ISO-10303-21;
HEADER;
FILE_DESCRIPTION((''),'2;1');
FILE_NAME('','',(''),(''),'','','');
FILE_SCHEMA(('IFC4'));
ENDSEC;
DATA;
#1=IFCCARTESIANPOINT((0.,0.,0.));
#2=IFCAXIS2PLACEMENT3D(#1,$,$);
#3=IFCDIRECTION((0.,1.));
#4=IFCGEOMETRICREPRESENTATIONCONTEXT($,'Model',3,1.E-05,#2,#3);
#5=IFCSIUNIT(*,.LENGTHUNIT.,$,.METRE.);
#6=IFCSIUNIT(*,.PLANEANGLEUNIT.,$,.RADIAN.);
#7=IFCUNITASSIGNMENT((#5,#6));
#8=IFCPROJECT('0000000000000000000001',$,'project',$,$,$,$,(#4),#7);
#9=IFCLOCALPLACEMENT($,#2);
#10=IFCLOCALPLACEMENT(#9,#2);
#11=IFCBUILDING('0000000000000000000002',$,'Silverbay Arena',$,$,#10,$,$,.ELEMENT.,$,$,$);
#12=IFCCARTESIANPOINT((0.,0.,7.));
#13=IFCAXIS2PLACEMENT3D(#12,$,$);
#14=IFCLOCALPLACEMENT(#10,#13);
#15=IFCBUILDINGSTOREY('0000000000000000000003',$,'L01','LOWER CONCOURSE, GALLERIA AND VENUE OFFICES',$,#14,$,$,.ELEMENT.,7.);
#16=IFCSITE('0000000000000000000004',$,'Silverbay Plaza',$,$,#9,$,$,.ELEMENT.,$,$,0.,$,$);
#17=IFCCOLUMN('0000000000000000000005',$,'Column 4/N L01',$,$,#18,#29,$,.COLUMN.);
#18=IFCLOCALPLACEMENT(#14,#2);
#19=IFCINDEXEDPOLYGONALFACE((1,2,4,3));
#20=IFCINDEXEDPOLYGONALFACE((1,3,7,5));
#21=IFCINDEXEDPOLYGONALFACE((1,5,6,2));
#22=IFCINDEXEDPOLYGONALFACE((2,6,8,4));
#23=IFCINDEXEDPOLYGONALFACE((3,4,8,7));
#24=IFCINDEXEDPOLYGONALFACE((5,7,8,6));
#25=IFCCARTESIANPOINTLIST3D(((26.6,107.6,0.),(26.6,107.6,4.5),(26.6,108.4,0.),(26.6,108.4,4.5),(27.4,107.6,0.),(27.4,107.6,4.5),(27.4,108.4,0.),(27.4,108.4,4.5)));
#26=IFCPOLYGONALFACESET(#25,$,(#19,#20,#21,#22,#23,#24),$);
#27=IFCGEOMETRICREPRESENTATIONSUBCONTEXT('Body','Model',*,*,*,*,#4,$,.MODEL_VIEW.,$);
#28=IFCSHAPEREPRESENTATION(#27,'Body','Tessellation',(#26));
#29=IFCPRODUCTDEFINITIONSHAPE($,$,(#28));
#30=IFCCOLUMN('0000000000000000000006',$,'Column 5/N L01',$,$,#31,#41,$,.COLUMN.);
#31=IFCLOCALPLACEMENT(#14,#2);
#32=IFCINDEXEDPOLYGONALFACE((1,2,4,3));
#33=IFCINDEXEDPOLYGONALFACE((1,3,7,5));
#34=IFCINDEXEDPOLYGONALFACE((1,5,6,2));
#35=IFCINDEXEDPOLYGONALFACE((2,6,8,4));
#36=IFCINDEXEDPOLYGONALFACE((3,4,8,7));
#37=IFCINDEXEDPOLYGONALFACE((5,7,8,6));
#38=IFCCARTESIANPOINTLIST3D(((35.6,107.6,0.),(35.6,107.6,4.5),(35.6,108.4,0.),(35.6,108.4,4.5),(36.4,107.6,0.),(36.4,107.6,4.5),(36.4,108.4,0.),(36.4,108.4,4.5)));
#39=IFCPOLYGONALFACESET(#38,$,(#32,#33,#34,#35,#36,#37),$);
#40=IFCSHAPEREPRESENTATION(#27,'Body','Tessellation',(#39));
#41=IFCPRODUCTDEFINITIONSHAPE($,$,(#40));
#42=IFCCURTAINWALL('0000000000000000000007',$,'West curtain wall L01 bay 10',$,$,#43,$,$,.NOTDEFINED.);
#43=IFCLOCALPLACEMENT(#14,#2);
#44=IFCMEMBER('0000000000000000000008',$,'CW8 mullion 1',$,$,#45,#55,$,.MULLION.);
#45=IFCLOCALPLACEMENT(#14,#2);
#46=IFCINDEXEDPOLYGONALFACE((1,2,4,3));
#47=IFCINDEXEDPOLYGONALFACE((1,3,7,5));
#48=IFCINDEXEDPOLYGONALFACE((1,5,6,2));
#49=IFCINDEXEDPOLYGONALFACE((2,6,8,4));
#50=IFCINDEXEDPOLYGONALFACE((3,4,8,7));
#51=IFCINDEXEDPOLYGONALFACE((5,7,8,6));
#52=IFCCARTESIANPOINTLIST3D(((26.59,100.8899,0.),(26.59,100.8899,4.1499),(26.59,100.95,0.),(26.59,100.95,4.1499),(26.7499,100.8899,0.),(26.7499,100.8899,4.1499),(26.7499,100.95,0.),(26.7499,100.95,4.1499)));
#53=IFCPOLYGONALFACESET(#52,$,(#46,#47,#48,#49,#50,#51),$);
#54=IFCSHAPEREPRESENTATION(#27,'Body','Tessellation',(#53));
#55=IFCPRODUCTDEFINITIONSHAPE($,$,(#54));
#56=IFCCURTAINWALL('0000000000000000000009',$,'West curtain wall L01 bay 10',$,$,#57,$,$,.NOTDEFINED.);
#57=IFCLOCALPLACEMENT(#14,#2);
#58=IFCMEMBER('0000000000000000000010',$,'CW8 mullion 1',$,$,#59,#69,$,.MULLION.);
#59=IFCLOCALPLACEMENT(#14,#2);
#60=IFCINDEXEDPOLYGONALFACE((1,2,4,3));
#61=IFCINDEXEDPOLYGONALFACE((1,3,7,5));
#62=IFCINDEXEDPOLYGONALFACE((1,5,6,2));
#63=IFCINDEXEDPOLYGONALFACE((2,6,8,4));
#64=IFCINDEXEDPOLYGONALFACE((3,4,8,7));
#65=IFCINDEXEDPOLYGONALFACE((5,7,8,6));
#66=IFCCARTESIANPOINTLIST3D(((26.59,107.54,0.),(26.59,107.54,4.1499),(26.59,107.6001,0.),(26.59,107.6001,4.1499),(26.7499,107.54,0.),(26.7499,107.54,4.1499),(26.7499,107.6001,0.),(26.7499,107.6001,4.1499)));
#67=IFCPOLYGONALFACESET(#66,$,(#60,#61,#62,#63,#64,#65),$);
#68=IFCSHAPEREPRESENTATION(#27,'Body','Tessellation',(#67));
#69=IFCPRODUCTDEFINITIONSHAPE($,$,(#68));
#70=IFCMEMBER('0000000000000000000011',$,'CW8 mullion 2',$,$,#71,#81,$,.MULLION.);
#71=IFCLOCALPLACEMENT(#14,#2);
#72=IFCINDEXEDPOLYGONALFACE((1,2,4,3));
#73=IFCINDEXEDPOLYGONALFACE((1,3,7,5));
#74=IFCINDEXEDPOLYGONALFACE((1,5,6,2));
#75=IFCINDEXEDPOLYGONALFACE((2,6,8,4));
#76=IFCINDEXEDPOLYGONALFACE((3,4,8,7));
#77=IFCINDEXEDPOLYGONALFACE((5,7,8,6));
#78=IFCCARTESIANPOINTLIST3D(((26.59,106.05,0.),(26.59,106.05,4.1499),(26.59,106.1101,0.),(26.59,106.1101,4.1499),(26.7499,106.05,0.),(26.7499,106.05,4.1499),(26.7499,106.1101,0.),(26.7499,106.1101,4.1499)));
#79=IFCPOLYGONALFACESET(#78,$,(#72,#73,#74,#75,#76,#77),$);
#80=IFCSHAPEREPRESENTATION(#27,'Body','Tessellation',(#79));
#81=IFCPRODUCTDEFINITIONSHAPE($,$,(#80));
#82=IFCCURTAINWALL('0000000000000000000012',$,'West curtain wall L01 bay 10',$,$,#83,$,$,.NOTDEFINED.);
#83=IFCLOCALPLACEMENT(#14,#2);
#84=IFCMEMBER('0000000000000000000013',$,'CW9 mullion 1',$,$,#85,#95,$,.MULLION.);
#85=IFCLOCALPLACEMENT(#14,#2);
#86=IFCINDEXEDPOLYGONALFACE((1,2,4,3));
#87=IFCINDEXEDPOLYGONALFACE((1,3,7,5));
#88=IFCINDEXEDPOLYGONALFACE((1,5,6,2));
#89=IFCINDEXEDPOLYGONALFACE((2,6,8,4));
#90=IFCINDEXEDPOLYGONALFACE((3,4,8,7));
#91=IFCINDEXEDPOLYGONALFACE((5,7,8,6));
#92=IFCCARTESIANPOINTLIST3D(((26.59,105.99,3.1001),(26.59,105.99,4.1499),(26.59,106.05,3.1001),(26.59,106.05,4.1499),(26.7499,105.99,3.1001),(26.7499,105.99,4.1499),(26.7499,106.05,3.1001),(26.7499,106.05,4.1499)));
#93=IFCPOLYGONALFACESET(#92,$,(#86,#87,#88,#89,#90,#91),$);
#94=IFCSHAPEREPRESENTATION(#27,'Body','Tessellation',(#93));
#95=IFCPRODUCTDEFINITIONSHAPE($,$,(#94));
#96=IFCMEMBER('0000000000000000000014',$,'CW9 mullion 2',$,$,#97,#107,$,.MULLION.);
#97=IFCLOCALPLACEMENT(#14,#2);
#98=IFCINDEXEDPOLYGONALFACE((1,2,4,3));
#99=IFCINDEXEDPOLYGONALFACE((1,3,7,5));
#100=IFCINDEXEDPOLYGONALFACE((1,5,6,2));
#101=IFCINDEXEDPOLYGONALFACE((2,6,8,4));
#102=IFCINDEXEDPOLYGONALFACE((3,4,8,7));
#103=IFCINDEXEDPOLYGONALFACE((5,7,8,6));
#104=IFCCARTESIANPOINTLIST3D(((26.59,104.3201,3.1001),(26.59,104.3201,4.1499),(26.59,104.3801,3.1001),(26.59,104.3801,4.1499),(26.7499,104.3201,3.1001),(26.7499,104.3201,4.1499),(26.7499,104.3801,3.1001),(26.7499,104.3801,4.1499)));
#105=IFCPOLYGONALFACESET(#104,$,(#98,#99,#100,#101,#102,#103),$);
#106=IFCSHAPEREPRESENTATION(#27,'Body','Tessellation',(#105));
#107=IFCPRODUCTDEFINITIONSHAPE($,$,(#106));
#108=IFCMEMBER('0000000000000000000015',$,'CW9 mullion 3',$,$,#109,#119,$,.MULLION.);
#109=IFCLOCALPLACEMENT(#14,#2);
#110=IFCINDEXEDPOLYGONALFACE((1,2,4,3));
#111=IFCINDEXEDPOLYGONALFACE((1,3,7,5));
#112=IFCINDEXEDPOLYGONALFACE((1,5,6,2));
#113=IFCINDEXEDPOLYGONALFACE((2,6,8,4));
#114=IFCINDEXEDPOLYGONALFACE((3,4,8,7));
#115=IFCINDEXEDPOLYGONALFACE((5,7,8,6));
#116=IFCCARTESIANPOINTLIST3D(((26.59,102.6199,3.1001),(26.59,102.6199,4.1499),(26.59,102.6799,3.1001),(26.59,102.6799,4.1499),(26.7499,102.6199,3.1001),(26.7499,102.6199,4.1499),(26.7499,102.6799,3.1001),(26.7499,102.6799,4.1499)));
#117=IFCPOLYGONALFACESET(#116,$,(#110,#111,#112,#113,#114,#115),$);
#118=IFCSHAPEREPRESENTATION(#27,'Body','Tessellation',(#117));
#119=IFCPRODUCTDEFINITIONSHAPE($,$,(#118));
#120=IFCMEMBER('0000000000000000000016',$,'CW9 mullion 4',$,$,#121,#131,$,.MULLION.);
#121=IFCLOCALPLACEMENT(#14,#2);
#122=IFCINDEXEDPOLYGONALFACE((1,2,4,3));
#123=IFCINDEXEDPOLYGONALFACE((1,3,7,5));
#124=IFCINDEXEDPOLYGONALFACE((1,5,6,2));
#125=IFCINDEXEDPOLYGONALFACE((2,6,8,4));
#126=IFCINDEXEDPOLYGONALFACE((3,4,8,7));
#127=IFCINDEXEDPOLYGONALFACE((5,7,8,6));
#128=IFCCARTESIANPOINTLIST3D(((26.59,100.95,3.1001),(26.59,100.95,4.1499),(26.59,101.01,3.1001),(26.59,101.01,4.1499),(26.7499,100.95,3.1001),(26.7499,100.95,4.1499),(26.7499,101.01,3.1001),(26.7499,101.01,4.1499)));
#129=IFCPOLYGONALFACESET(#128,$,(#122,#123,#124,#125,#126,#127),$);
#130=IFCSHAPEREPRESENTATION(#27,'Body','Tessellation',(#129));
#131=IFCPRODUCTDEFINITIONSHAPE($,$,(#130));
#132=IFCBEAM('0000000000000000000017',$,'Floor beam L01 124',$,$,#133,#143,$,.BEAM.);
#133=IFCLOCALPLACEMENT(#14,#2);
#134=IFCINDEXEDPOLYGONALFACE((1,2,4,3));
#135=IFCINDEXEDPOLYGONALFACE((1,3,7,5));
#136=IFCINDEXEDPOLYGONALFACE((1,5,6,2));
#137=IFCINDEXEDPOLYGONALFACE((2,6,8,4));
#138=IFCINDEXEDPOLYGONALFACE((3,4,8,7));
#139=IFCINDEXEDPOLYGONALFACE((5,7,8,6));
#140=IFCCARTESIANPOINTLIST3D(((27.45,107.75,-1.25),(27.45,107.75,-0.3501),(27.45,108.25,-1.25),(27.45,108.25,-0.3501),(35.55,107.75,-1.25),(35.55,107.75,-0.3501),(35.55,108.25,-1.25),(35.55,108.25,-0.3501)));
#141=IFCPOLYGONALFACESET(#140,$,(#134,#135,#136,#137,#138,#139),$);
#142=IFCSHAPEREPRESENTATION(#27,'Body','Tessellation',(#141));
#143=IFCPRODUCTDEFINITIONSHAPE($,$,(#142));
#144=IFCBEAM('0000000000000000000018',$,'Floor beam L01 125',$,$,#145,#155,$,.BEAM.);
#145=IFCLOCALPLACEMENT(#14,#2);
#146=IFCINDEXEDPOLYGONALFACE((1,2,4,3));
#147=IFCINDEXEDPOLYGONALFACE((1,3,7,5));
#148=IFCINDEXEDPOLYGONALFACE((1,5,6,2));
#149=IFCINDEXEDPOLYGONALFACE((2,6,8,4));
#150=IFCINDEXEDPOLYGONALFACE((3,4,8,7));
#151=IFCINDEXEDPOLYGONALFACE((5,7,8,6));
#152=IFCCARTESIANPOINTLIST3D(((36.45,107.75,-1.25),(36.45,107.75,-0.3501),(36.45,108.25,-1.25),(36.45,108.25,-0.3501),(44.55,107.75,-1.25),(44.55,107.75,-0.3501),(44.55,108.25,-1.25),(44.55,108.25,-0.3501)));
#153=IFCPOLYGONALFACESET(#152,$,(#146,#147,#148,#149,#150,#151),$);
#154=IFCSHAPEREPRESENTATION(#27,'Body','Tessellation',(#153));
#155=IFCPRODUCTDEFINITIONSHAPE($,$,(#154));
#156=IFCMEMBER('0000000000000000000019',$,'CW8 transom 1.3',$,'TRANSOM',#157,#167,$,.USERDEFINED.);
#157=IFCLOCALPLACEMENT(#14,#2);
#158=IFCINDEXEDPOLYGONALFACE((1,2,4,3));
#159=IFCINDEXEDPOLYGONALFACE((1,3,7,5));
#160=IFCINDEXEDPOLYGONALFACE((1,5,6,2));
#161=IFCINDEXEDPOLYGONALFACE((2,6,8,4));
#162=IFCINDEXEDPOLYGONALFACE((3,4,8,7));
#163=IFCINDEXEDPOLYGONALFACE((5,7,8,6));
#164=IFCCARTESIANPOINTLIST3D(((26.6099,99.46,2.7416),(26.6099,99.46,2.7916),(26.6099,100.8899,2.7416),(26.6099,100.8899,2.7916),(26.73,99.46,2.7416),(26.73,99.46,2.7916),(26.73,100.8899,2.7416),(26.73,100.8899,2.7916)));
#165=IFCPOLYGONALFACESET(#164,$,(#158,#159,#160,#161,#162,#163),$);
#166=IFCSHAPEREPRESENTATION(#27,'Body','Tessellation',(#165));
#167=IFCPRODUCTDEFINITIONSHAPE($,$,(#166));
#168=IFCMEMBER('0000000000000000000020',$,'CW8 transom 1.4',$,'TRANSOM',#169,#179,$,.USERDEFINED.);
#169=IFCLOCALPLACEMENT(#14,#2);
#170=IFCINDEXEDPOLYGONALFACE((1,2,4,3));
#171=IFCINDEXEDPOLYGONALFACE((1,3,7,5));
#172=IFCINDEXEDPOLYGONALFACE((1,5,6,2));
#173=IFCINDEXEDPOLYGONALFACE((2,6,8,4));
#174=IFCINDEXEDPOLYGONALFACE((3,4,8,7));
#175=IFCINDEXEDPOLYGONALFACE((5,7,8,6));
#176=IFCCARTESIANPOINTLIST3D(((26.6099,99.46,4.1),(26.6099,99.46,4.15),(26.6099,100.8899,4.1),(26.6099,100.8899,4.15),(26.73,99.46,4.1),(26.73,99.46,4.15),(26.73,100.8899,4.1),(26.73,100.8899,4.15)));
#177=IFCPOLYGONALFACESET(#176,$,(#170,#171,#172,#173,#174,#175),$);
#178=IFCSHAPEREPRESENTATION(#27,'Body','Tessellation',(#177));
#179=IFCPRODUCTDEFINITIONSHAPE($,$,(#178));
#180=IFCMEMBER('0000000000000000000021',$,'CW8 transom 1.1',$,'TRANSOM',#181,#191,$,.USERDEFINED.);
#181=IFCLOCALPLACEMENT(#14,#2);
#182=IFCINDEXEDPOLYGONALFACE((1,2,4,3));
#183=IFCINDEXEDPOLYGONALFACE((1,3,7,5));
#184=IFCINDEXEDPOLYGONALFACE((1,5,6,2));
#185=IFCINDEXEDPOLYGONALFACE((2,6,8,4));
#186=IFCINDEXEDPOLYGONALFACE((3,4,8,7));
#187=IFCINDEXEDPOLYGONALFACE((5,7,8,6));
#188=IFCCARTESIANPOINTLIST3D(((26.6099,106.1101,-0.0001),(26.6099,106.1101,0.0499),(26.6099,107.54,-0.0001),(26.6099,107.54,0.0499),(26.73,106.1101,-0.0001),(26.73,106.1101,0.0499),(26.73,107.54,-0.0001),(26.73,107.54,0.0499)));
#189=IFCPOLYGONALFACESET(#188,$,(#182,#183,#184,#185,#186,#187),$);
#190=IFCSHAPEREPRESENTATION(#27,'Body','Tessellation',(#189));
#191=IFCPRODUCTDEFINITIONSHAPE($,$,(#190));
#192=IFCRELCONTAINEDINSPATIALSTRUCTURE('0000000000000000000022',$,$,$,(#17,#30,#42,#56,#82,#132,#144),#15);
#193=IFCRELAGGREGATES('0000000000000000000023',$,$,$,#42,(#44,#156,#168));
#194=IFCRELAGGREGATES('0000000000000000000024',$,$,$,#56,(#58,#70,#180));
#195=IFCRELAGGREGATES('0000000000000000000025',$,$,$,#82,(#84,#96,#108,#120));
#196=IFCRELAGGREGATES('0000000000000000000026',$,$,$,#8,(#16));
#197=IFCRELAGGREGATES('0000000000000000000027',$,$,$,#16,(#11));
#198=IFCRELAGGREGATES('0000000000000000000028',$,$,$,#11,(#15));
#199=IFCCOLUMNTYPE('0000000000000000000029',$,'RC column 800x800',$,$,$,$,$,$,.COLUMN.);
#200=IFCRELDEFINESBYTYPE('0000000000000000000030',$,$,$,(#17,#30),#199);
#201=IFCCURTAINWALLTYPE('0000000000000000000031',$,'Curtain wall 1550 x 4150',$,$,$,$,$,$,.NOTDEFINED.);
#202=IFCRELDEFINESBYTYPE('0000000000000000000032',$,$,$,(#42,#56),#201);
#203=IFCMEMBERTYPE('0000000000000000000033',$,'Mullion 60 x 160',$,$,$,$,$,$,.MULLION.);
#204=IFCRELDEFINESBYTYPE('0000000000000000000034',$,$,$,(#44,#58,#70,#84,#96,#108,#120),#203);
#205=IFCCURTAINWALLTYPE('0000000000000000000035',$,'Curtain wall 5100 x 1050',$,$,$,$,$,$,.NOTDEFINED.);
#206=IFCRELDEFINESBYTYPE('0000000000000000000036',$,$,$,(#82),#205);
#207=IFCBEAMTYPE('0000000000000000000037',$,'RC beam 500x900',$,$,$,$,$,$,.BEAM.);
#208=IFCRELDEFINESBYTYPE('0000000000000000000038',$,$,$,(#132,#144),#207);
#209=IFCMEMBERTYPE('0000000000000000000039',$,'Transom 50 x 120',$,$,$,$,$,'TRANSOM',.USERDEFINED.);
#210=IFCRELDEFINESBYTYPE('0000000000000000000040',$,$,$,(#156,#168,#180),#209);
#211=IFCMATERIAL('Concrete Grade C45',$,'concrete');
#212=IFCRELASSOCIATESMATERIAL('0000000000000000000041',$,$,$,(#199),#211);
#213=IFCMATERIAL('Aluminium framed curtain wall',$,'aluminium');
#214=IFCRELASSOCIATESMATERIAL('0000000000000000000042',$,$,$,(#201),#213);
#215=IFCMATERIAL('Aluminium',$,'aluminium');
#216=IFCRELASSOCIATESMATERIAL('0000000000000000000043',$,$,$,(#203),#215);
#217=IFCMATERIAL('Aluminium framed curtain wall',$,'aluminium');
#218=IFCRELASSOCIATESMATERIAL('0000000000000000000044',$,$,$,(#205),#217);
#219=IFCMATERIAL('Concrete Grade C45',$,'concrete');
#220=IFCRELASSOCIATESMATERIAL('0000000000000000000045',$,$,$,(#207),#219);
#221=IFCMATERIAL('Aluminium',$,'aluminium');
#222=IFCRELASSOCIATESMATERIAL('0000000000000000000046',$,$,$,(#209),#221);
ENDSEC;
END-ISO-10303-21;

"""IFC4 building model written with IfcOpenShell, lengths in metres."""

from ifc_helpers import new_model, si_unit, direction, frame, origin, origin_2d, place, context, subcontext, project, spatial, rectangle, extrude, material, material_profile, profile_set, type_object, element, aggregate, save


model = new_model("IFC4")

# Units and contexts
model_context = context("Model", 3, precision=1e-05, world=origin(), true_north=direction((0.0, 1.0)))
body_context = subcontext(model_context, "Body", "Model", "MODEL_VIEW")
ifc_project = project(units=[si_unit("LENGTHUNIT", "METRE"), si_unit("PLANEANGLEUNIT", "RADIAN")], contexts=[model_context])

# Site, building, storey
site_placement = place(None, origin())
site = spatial("IfcSite", under=ifc_project, at=site_placement, Name="Silverbay Plaza", CompositionType="ELEMENT", RefElevation=0.0)
building_placement = place(site_placement, origin())
building = spatial("IfcBuilding", under=site, at=building_placement, Name="Silverbay Arena", CompositionType="ELEMENT")
storey_placement = place(building_placement, frame((0.0, 0.0, 7.0)))
storey = spatial("IfcBuildingStorey", under=building, at=storey_placement, Name="L01", Description="LOWER CONCOURSE, GALLERIA AND VENUE OFFICES", CompositionType="ELEMENT", Elevation=7.0)

# Columns
ifc_material_1 = material(Name="Concrete Grade C45", Category="concrete")
ifc_material_profile_1 = material_profile(ifc_material_1, rectangle(XDim=0.8, YDim=0.8, at=origin_2d()), Name="RC 800x800")
ifc_profile_set_1 = profile_set([ifc_material_profile_1], Name="Concrete Grade C45")
column_type = type_object("IfcColumnType", Name="RC column 800x800", PredefinedType="COLUMN", material=ifc_profile_set_1)
for number, where, z_axis, x_axis, name in (
    (1, (27.0, 108.0, 0.0), (0.0, 0.0, 1.0), (1.0, 0.0, 0.0), "Column 4/N L01"),
    (2, (36.0, 108.0, 0.0), (0.0, 0.0, 1.0), (1.0, 0.0, 0.0), "Column 5/N L01"),
):
    element("IfcColumn", number, at=place(storey_placement, frame(where, z_axis=z_axis, x_axis=x_axis)), inside=storey, type_object=column_type, Name=name, PredefinedType="COLUMN", context=body_context, shape_type="SweptSolid", body=[
        extrude(rectangle(XDim=0.8, YDim=0.8, at=origin_2d()), origin(), (0.0, 0.0, 1.0), 4.5),
    ])

# Curtain wall, member
ifc_material_2 = material(Name="Aluminium framed curtain wall", Category="aluminium")
curtain_wall_type_1 = type_object("IfcCurtainWallType", Name="Curtain wall 1550 x 4150", PredefinedType="NOTDEFINED", material=ifc_material_2)
curtain_wall_1_placement = place(storey_placement, origin())
curtain_wall_1 = element("IfcCurtainWall", 3, at=curtain_wall_1_placement, inside=storey, type_object=curtain_wall_type_1, Name="West curtain wall L01 bay 10", PredefinedType="NOTDEFINED")
ifc_material_3 = material(Name="Aluminium", Category="aluminium")
ifc_material_profile_2 = material_profile(ifc_material_3, rectangle(XDim=0.1599, YDim=0.0601, at=origin_2d()), Name="Mullion 60 x 160")
ifc_profile_set_2 = profile_set([ifc_material_profile_2], Name="Aluminium")
member_type_1 = type_object("IfcMemberType", Name="Mullion 60 x 160", PredefinedType="MULLION", material=ifc_profile_set_2)
member_1_placement = place(storey_placement, frame((26.6699, 100.9199, 0.0), z_axis=(0.0, 0.0, 1.0), x_axis=(1.0, 0.0, 0.0)))
member_1 = element("IfcMember", 4, at=member_1_placement, type_object=member_type_1, Name="CW8 mullion 1", PredefinedType="MULLION", context=body_context, shape_type="SweptSolid", body=[
    extrude(rectangle(XDim=0.1599, YDim=0.0601, at=origin_2d()), origin(), (0.0, 0.0, 1.0), 4.1499),
])

# Curtain walls, members
curtain_wall_2_placement = place(storey_placement, origin())
curtain_wall_2 = element("IfcCurtainWall", 5, at=curtain_wall_2_placement, inside=storey, type_object=curtain_wall_type_1, Name="West curtain wall L01 bay 10", PredefinedType="NOTDEFINED")
member_2_placement = place(storey_placement, frame((26.6699, 107.5701, 0.0), z_axis=(0.0, 0.0, 1.0), x_axis=(1.0, 0.0, 0.0)))
member_2 = element("IfcMember", 6, at=member_2_placement, type_object=member_type_1, Name="CW8 mullion 1", PredefinedType="MULLION", context=body_context, shape_type="SweptSolid", body=[
    extrude(rectangle(XDim=0.1599, YDim=0.0601, at=origin_2d()), origin(), (0.0, 0.0, 1.0), 4.1499),
])
member_3_placement = place(storey_placement, frame((26.6699, 106.0801, 0.0), z_axis=(0.0, 0.0, 1.0), x_axis=(1.0, 0.0, 0.0)))
member_3 = element("IfcMember", 7, at=member_3_placement, type_object=member_type_1, Name="CW8 mullion 2", PredefinedType="MULLION", context=body_context, shape_type="SweptSolid", body=[
    extrude(rectangle(XDim=0.1599, YDim=0.0601, at=origin_2d()), origin(), (0.0, 0.0, 1.0), 4.1499),
])
ifc_material_4 = material(Name="Aluminium framed curtain wall", Category="aluminium")
curtain_wall_type_2 = type_object("IfcCurtainWallType", Name="Curtain wall 5100 x 1050", PredefinedType="NOTDEFINED", material=ifc_material_4)
curtain_wall_3_placement = place(storey_placement, origin())
curtain_wall_3 = element("IfcCurtainWall", 8, at=curtain_wall_3_placement, inside=storey, type_object=curtain_wall_type_2, Name="West curtain wall L01 bay 10", PredefinedType="NOTDEFINED")
member_4_placement = place(storey_placement, frame((26.6699, 106.02, 3.1001), z_axis=(0.0, 0.0, 1.0), x_axis=(1.0, 0.0, 0.0)))
member_4 = element("IfcMember", 9, at=member_4_placement, type_object=member_type_1, Name="CW9 mullion 1", PredefinedType="MULLION", context=body_context, shape_type="SweptSolid", body=[
    extrude(rectangle(XDim=0.1599, YDim=0.0601, at=origin_2d()), origin(), (0.0, 0.0, 1.0), 1.0498),
])
member_5_placement = place(storey_placement, frame((26.6699, 104.3501, 3.1001), z_axis=(0.0, 0.0, 1.0), x_axis=(1.0, 0.0, 0.0)))
member_5 = element("IfcMember", 10, at=member_5_placement, type_object=member_type_1, Name="CW9 mullion 2", PredefinedType="MULLION", context=body_context, shape_type="SweptSolid", body=[
    extrude(rectangle(XDim=0.1599, YDim=0.0601, at=origin_2d()), origin(), (0.0, 0.0, 1.0), 1.0498),
])
member_6_placement = place(storey_placement, frame((26.6699, 102.6499, 3.1001), z_axis=(0.0, 0.0, 1.0), x_axis=(1.0, 0.0, 0.0)))
member_6 = element("IfcMember", 11, at=member_6_placement, type_object=member_type_1, Name="CW9 mullion 3", PredefinedType="MULLION", context=body_context, shape_type="SweptSolid", body=[
    extrude(rectangle(XDim=0.1599, YDim=0.0601, at=origin_2d()), origin(), (0.0, 0.0, 1.0), 1.0498),
])
member_7_placement = place(storey_placement, frame((26.6699, 100.98, 3.1001), z_axis=(0.0, 0.0, 1.0), x_axis=(1.0, 0.0, 0.0)))
member_7 = element("IfcMember", 12, at=member_7_placement, type_object=member_type_1, Name="CW9 mullion 4", PredefinedType="MULLION", context=body_context, shape_type="SweptSolid", body=[
    extrude(rectangle(XDim=0.1599, YDim=0.0601, at=origin_2d()), origin(), (0.0, 0.0, 1.0), 1.0498),
])

# Beams
ifc_material_5 = material(Name="Concrete Grade C45", Category="concrete")
ifc_material_profile_3 = material_profile(ifc_material_5, rectangle(XDim=0.5, YDim=0.8999, at=origin_2d()), Name="RC 500x900")
ifc_profile_set_3 = profile_set([ifc_material_profile_3], Name="Concrete Grade C45")
beam_type = type_object("IfcBeamType", Name="RC beam 500x900", PredefinedType="BEAM", material=ifc_profile_set_3)
for number, where, z_axis, x_axis, name in (
    (13, (27.45, 108.0, -0.8), (1.0, 0.0, 0.0), (0.0, 1.0, 0.0), "Floor beam L01 124"),
    (14, (36.45, 108.0, -0.8), (1.0, 0.0, 0.0), (0.0, 1.0, 0.0), "Floor beam L01 125"),
):
    element("IfcBeam", number, at=place(storey_placement, frame(where, z_axis=z_axis, x_axis=x_axis)), inside=storey, type_object=beam_type, Name=name, PredefinedType="BEAM", context=body_context, shape_type="SweptSolid", body=[
        extrude(rectangle(XDim=0.5, YDim=0.8999, at=origin_2d()), origin(), (0.0, 0.0, 1.0), 8.1001),
    ])

# Members
ifc_material_6 = material(Name="Aluminium", Category="aluminium")
ifc_material_profile_4 = material_profile(ifc_material_6, rectangle(XDim=0.1201, YDim=0.05, at=origin_2d()), Name="Transom 50 x 120")
ifc_profile_set_4 = profile_set([ifc_material_profile_4], Name="Aluminium")
member_type_2 = type_object("IfcMemberType", Name="Transom 50 x 120", ElementType="TRANSOM", PredefinedType="USERDEFINED", material=ifc_profile_set_4)
member_8_placement = place(storey_placement, frame((26.6699, 100.8899, 2.7666), z_axis=(0.0, -1.0, 0.0), x_axis=(1.0, 0.0, 0.0)))
member_8 = element("IfcMember", 15, at=member_8_placement, type_object=member_type_2, Name="CW8 transom 1.3", ObjectType="TRANSOM", PredefinedType="USERDEFINED", context=body_context, shape_type="SweptSolid", body=[
    extrude(rectangle(XDim=0.1201, YDim=0.05, at=origin_2d()), origin(), (0.0, 0.0, 1.0), 1.4299),
])
member_9_placement = place(storey_placement, frame((26.6699, 100.8899, 4.125), z_axis=(0.0, -1.0, 0.0), x_axis=(1.0, 0.0, 0.0)))
member_9 = element("IfcMember", 16, at=member_9_placement, type_object=member_type_2, Name="CW8 transom 1.4", ObjectType="TRANSOM", PredefinedType="USERDEFINED", context=body_context, shape_type="SweptSolid", body=[
    extrude(rectangle(XDim=0.1201, YDim=0.05, at=origin_2d()), origin(), (0.0, 0.0, 1.0), 1.4299),
])
aggregate(curtain_wall_1, [member_1, member_8, member_9])
member_10_placement = place(storey_placement, frame((26.6699, 107.54, 0.0249), z_axis=(0.0, -1.0, 0.0), x_axis=(1.0, 0.0, 0.0)))
member_10 = element("IfcMember", 17, at=member_10_placement, type_object=member_type_2, Name="CW8 transom 1.1", ObjectType="TRANSOM", PredefinedType="USERDEFINED", context=body_context, shape_type="SweptSolid", body=[
    extrude(rectangle(XDim=0.1201, YDim=0.05, at=origin_2d()), origin(), (0.0, 0.0, 1.0), 1.4299),
])

aggregate(curtain_wall_2, [member_2, member_3, member_10])
aggregate(curtain_wall_3, [member_4, member_5, member_6, member_7])

save(model, "model.ifc")
